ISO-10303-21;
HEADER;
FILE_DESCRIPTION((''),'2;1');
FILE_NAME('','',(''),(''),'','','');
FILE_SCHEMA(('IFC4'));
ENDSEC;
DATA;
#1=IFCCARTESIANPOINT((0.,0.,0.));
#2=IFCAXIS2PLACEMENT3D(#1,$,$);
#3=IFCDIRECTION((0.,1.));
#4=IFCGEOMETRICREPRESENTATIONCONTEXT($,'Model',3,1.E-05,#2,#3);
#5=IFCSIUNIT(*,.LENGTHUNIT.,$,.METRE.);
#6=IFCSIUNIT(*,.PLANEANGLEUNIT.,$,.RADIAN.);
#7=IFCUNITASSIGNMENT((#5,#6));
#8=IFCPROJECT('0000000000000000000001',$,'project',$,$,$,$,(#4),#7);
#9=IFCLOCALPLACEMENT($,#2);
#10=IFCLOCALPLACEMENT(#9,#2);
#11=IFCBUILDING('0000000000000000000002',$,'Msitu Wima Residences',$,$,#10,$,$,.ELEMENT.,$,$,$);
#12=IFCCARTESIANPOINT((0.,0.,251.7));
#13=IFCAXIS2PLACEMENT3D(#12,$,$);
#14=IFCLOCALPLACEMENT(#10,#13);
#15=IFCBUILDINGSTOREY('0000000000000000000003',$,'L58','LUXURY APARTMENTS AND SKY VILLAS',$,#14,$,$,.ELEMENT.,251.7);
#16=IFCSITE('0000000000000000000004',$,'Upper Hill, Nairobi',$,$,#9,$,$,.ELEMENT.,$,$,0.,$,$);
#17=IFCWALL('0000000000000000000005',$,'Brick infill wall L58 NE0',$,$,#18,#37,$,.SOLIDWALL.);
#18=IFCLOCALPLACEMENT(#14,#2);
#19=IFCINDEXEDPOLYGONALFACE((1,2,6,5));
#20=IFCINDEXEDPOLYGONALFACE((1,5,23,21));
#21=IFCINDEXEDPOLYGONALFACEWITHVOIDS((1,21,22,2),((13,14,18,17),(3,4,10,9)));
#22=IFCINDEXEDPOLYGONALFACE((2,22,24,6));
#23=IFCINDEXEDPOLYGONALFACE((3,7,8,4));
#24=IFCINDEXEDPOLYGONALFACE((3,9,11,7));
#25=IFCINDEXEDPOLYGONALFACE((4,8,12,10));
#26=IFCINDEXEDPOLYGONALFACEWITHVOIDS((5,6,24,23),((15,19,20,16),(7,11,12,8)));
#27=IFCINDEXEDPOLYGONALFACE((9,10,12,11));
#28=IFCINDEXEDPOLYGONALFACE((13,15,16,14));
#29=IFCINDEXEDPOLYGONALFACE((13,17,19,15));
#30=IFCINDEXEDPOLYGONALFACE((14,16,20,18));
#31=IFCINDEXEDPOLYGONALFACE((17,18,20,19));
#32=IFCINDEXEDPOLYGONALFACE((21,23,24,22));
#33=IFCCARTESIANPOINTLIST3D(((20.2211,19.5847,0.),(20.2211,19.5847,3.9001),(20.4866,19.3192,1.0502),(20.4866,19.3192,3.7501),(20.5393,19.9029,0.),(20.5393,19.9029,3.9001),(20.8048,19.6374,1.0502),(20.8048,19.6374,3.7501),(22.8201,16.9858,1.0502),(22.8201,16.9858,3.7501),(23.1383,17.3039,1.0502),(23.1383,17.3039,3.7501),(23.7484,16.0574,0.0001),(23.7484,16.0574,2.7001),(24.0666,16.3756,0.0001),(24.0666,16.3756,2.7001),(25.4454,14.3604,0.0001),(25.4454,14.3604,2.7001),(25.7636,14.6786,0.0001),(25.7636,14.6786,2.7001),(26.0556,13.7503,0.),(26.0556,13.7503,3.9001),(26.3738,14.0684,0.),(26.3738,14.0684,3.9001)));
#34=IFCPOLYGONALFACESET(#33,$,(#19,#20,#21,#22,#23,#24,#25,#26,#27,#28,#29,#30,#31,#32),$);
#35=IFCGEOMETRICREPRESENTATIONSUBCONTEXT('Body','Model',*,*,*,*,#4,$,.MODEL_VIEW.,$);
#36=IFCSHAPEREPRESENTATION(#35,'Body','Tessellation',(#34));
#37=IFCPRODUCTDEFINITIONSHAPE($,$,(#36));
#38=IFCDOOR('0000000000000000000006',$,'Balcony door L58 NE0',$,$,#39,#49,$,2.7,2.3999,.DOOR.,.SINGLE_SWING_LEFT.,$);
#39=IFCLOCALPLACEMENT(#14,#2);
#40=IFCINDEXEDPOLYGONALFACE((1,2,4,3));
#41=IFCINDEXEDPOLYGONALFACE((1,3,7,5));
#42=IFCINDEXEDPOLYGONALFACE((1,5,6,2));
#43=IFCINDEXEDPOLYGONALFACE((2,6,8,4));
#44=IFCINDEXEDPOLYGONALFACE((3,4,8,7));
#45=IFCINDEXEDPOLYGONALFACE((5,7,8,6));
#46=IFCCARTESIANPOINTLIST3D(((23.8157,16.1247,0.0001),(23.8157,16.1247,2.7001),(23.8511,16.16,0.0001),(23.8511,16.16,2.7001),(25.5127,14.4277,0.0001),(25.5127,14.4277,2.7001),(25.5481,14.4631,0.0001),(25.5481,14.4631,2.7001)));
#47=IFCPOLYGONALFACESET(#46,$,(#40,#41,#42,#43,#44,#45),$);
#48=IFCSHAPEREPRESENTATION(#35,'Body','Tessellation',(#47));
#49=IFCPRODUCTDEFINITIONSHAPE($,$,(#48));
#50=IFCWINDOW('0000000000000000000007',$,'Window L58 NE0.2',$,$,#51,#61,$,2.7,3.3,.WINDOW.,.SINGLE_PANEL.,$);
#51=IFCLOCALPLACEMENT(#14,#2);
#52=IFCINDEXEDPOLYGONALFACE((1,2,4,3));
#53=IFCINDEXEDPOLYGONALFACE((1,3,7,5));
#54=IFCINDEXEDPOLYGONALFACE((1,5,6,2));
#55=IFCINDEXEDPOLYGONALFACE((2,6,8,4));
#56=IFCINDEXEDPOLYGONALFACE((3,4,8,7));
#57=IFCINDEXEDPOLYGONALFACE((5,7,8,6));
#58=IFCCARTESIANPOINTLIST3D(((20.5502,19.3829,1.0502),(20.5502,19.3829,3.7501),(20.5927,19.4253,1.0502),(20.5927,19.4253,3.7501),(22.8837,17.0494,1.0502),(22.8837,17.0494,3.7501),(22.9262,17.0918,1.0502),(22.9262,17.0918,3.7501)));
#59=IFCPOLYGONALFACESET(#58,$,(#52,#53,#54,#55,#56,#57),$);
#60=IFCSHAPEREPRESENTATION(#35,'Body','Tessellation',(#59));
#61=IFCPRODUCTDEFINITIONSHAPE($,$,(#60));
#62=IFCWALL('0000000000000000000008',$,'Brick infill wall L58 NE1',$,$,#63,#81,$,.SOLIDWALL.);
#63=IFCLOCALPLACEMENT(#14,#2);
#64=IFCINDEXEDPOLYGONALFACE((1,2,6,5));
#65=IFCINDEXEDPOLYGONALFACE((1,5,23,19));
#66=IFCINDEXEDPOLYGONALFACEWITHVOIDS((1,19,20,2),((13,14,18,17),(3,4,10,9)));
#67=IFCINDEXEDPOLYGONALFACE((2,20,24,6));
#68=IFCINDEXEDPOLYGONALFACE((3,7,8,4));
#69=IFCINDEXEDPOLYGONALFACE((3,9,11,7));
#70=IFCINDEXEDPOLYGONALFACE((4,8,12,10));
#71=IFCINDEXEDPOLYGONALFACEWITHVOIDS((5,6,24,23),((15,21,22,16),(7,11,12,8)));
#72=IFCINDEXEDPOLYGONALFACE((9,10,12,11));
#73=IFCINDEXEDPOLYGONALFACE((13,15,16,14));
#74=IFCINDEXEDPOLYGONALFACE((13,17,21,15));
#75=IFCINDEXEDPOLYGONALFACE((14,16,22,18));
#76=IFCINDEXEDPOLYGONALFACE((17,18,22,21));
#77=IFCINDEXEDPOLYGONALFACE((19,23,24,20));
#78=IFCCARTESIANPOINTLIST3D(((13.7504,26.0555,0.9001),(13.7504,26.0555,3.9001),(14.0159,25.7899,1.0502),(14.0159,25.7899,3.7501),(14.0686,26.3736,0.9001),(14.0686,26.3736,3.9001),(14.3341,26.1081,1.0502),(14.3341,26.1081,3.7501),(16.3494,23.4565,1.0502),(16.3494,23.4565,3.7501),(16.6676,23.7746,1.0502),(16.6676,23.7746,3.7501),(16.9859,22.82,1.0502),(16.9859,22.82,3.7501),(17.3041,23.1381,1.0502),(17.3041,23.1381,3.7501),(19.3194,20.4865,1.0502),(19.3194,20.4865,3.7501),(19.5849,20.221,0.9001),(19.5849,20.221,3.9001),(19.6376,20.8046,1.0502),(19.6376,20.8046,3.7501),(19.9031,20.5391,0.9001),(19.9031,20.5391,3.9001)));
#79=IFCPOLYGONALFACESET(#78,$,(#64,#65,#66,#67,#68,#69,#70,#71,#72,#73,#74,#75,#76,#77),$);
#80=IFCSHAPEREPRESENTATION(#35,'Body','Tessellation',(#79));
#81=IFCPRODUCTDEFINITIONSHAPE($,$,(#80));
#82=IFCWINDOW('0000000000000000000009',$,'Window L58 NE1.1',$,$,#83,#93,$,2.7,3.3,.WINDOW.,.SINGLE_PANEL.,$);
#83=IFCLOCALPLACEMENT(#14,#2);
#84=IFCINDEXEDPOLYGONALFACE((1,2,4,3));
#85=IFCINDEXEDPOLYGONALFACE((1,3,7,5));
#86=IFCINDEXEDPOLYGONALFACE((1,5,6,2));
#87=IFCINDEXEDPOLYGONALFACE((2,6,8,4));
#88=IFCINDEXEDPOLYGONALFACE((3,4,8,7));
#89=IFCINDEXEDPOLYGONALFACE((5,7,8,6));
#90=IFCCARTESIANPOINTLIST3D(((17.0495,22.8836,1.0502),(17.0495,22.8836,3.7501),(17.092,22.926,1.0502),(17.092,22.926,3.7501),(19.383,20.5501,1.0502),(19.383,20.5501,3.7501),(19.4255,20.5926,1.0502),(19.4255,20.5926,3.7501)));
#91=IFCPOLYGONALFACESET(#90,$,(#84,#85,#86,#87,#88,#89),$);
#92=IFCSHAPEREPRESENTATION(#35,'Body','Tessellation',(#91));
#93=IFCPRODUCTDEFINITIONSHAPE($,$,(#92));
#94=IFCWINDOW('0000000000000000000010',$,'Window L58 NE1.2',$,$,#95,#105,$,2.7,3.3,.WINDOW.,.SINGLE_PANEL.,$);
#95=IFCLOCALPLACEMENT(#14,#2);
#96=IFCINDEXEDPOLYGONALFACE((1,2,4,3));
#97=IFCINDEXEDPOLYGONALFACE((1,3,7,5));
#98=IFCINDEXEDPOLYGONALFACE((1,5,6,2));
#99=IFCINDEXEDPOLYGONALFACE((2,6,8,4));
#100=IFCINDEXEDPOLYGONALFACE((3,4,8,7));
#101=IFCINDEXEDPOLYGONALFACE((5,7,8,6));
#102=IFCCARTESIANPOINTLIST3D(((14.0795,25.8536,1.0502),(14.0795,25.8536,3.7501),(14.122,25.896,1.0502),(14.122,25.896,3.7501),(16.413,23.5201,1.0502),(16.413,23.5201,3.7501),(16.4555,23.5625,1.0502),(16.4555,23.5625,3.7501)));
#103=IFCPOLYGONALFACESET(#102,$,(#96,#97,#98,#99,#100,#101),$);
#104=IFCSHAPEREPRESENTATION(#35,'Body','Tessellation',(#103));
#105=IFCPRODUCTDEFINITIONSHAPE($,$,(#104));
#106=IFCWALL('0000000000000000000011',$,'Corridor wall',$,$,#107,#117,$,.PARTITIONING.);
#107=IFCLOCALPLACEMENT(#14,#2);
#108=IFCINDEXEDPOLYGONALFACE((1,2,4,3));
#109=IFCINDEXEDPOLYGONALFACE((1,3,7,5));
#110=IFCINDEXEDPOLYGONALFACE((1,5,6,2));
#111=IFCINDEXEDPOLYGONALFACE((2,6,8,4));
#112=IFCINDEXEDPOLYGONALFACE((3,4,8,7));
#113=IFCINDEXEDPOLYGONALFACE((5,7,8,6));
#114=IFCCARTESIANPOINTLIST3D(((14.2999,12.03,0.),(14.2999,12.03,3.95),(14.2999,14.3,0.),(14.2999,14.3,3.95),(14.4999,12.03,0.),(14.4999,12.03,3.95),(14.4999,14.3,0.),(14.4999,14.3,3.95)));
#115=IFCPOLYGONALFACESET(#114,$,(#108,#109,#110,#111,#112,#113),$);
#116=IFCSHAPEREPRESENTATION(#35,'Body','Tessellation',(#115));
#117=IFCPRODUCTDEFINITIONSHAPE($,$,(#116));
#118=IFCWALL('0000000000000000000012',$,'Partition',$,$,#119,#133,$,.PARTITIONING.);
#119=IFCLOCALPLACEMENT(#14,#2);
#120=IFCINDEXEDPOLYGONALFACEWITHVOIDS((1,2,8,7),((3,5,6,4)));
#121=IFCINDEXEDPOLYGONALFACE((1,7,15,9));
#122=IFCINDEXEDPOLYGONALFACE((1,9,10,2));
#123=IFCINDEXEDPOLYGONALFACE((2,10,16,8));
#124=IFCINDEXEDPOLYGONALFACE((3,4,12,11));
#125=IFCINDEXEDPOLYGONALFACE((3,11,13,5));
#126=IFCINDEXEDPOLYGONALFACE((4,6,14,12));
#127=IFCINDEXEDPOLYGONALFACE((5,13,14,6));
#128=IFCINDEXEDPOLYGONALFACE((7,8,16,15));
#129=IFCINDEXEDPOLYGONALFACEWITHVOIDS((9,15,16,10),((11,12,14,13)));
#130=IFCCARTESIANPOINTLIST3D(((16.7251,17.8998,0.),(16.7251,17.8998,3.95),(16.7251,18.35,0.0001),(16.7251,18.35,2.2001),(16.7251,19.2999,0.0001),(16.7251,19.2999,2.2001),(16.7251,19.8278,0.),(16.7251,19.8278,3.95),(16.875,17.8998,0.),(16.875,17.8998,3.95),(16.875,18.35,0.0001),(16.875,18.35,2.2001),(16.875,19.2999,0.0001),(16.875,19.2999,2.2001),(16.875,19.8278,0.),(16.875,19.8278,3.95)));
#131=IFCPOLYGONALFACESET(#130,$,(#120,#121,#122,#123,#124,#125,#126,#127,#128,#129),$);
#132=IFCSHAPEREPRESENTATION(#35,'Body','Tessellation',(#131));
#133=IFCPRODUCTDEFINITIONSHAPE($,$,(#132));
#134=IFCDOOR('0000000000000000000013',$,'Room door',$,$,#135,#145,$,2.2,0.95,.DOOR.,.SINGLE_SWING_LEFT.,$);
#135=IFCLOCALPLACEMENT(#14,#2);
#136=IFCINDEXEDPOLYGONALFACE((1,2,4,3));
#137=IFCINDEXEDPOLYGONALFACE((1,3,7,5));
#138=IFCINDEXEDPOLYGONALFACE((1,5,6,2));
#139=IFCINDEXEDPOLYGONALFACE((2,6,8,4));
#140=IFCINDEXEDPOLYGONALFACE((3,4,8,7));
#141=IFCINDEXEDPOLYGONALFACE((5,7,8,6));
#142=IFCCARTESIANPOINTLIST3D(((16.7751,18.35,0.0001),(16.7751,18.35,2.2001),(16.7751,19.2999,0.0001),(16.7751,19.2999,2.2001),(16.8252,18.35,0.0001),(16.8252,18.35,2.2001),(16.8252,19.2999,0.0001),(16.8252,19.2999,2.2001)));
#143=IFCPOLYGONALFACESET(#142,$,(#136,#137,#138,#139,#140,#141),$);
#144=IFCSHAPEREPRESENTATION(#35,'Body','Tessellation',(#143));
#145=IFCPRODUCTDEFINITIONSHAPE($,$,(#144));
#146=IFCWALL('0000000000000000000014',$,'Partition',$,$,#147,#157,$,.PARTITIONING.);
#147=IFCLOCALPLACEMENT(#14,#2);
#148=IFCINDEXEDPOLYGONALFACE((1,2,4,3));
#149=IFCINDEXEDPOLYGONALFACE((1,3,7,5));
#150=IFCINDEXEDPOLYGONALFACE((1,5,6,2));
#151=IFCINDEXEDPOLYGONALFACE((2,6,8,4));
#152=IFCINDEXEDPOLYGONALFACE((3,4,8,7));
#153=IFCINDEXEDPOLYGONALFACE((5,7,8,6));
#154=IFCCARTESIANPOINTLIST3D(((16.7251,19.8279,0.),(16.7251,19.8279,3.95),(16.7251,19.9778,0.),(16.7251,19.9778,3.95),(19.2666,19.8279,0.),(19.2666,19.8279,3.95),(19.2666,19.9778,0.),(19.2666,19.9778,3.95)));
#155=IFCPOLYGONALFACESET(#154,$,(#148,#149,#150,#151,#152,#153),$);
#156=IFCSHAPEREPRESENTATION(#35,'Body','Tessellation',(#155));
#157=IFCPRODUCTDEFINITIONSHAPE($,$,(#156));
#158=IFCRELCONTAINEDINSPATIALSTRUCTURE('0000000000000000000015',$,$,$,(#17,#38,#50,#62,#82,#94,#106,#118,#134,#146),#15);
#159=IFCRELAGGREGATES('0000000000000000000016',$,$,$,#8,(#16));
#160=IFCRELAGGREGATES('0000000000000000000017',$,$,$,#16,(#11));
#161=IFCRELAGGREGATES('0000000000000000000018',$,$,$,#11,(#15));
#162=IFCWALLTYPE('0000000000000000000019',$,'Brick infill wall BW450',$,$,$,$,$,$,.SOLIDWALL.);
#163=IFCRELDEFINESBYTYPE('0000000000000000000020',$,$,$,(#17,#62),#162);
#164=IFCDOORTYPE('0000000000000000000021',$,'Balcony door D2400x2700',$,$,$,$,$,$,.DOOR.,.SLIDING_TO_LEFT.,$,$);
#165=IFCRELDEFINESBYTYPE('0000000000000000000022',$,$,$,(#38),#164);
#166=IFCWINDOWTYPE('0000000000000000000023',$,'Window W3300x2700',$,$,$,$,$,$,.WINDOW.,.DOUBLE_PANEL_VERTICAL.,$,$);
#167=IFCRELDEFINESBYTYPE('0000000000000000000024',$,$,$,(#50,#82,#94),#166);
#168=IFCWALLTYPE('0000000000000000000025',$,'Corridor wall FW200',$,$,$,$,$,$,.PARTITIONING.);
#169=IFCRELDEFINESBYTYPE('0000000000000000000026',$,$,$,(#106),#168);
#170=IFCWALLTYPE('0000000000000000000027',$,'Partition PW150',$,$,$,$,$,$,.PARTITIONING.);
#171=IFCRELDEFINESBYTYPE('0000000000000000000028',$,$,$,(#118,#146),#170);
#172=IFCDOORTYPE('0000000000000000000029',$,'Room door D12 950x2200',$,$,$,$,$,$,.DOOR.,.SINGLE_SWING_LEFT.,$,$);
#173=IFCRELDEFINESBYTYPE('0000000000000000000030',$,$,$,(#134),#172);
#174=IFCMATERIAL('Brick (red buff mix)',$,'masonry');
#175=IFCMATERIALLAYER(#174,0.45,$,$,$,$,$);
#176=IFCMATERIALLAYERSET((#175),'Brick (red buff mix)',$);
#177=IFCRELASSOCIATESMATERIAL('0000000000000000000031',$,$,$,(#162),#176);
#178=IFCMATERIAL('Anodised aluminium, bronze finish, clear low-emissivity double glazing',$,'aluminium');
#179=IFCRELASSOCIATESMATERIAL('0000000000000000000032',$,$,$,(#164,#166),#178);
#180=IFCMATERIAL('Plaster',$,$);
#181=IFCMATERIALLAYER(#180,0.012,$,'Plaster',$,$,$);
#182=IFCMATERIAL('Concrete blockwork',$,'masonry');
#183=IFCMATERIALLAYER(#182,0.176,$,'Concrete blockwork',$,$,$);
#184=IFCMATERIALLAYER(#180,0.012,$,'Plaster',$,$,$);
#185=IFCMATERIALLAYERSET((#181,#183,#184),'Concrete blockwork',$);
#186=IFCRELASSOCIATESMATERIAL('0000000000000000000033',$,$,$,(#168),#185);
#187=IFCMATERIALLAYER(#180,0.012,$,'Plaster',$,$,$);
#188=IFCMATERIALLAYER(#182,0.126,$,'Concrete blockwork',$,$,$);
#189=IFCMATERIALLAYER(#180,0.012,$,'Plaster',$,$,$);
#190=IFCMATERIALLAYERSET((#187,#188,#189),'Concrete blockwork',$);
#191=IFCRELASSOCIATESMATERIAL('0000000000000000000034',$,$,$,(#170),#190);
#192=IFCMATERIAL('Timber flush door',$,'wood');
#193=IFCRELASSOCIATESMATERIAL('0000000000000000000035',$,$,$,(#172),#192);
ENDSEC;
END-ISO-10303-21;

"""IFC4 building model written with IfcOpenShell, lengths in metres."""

from ifc_helpers import new_model, si_unit, direction, frame, frame_2d, origin, place, context, subcontext, project, spatial, rectangle, extrude, material, layer, layer_set, type_object, element, fill, save


model = new_model("IFC4")

# Units and contexts
model_context = context("Model", 3, precision=1e-05, world=origin(), true_north=direction((0.0, 1.0)))
body_context = subcontext(model_context, "Body", "Model", "MODEL_VIEW")
ifc_project = project(units=[si_unit("LENGTHUNIT", "METRE"), si_unit("PLANEANGLEUNIT", "RADIAN")], contexts=[model_context])

# Site, building, storey
site_placement = place(None, origin())
site = spatial("IfcSite", under=ifc_project, at=site_placement, Name="Upper Hill, Nairobi", CompositionType="ELEMENT", RefElevation=0.0)
building_placement = place(site_placement, origin())
building = spatial("IfcBuilding", under=site, at=building_placement, Name="Msitu Wima Residences", CompositionType="ELEMENT")
storey_placement = place(building_placement, frame((0.0, 0.0, 251.7)))
storey = spatial("IfcBuildingStorey", under=building, at=storey_placement, Name="L58", Description="LUXURY APARTMENTS AND SKY VILLAS", CompositionType="ELEMENT", Elevation=251.7)

# Wall, openings, door, window
ifc_material_1 = material(Name="Brick (red buff mix)", Category="masonry")
ifc_layer_1 = layer(ifc_material_1, 0.45)
ifc_layer_set_1 = layer_set([ifc_layer_1], Name="Brick (red buff mix)")
wall_type_1 = type_object("IfcWallType", Name="Brick infill wall BW450", PredefinedType="SOLIDWALL", material=ifc_layer_set_1)
wall_1_placement = place(storey_placement, frame((26.2146, 13.9094, 0.0), z_axis=(0.0, 0.0, 1.0), x_axis=(-0.707107, 0.707107, 0.0)))
wall_1 = element("IfcWall", 1, at=wall_1_placement, inside=storey, type_object=wall_type_1, Name="Brick infill wall L58 NE0", PredefinedType="SOLIDWALL", context=body_context, shape_type="SweptSolid", body=[
    extrude(rectangle(XDim=8.2512, YDim=0.45, at=frame_2d((4.1255, 0.0))), origin(), (0.0, 0.0, 1.0), 3.9001),
])
opening_1_placement = place(wall_1_placement, frame((0.8628, 0.0, 0.0)))
opening_1 = element("IfcOpeningElement", 2, at=opening_1_placement, cuts=wall_1, PredefinedType="OPENING", context=body_context, shape_type="SweptSolid", body=[
    extrude(rectangle(XDim=2.3999, YDim=2.7, at=frame_2d((1.2, 1.3501))), frame((0.0, 0.2349, 0.0), z_axis=(0.0, -1.0, 0.0), x_axis=(1.0, 0.0, 0.0)), (0.0, 0.0, 1.0), 0.47),
])
opening_2_placement = place(wall_1_placement, frame((4.5757, 0.0, 1.05)))
opening_2 = element("IfcOpeningElement", 3, at=opening_2_placement, cuts=wall_1, PredefinedType="OPENING", context=body_context, shape_type="SweptSolid", body=[
    extrude(rectangle(XDim=3.3, YDim=2.7, at=frame_2d((1.6499, 1.3501))), frame((0.0, 0.2349, 0.0), z_axis=(0.0, -1.0, 0.0), x_axis=(1.0, 0.0, 0.0)), (0.0, 0.0, 1.0), 0.47),
])
ifc_material_2 = material(Name="Anodised aluminium, bronze finish, clear low-emissivity double glazing", Category="aluminium")
door_type_1 = type_object("IfcDoorType", Name="Balcony door D2400x2700", OperationType="SLIDING_TO_LEFT", PredefinedType="DOOR", material=ifc_material_2)
door_1_placement = place(opening_1_placement, origin())
door_1 = element("IfcDoor", 4, at=door_1_placement, inside=storey, type_object=door_type_1, Name="Balcony door L58 NE0", OperationType="SINGLE_SWING_LEFT", OverallHeight=2.7, OverallWidth=2.3999, PredefinedType="DOOR", context=body_context, shape_type="SweptSolid", body=[
    extrude(rectangle(XDim=2.3999, YDim=2.7, at=frame_2d((1.2, 1.3501))), frame((0.0, 0.1299, 0.0), z_axis=(0.0, -1.0, 0.0), x_axis=(1.0, 0.0, 0.0)), (0.0, 0.0, 1.0), 0.05),
])
fill(opening_1, door_1)
window_type = type_object("IfcWindowType", Name="Window W3300x2700", PartitioningType="DOUBLE_PANEL_VERTICAL", PredefinedType="WINDOW", material=ifc_material_2)
window_1_placement = place(opening_2_placement, origin())
window_1 = element("IfcWindow", 5, at=window_1_placement, inside=storey, type_object=window_type, Name="Window L58 NE0.2", OverallHeight=2.7, OverallWidth=3.3, PartitioningType="SINGLE_PANEL", PredefinedType="WINDOW", context=body_context, shape_type="SweptSolid", body=[
    extrude(rectangle(XDim=3.3, YDim=2.7, at=frame_2d((1.6499, 1.3501))), frame((0.0, 0.135, 0.0), z_axis=(0.0, -1.0, 0.0), x_axis=(1.0, 0.0, 0.0)), (0.0, 0.0, 1.0), 0.0601),
])
fill(opening_2, window_1)

# Wall, openings, windows
wall_2_placement = place(storey_placement, frame((19.7439, 20.3801, 0.9001), z_axis=(0.0, 0.0, 1.0), x_axis=(-0.707107, 0.707107, 0.0)))
wall_2 = element("IfcWall", 6, at=wall_2_placement, inside=storey, type_object=wall_type_1, Name="Brick infill wall L58 NE1", PredefinedType="SOLIDWALL", context=body_context, shape_type="SweptSolid", body=[
    extrude(rectangle(XDim=8.2512, YDim=0.45, at=frame_2d((4.1255, 0.0))), origin(), (0.0, 0.0, 1.0), 3.0),
])
opening_3_placement = place(wall_2_placement, frame((0.3755, 0.0, 0.1499)))
opening_3 = element("IfcOpeningElement", 7, at=opening_3_placement, cuts=wall_2, PredefinedType="OPENING", context=body_context, shape_type="SweptSolid", body=[
    extrude(rectangle(XDim=3.3, YDim=2.7, at=frame_2d((1.6499, 1.3501))), frame((0.0, 0.2349, 0.0), z_axis=(0.0, -1.0, 0.0), x_axis=(1.0, 0.0, 0.0)), (0.0, 0.0, 1.0), 0.47),
])
opening_4_placement = place(wall_2_placement, frame((4.5757, 0.0, 0.1499)))
opening_4 = element("IfcOpeningElement", 8, at=opening_4_placement, cuts=wall_2, PredefinedType="OPENING", context=body_context, shape_type="SweptSolid", body=[
    extrude(rectangle(XDim=3.3, YDim=2.7, at=frame_2d((1.6499, 1.3501))), frame((0.0, 0.2349, 0.0), z_axis=(0.0, -1.0, 0.0), x_axis=(1.0, 0.0, 0.0)), (0.0, 0.0, 1.0), 0.47),
])
window_2_placement = place(opening_3_placement, origin())
window_2 = element("IfcWindow", 9, at=window_2_placement, inside=storey, type_object=window_type, Name="Window L58 NE1.1", OverallHeight=2.7, OverallWidth=3.3, PartitioningType="SINGLE_PANEL", PredefinedType="WINDOW", context=body_context, shape_type="SweptSolid", body=[
    extrude(rectangle(XDim=3.3, YDim=2.7, at=frame_2d((1.6499, 1.3501))), frame((0.0, 0.135, 0.0), z_axis=(0.0, -1.0, 0.0), x_axis=(1.0, 0.0, 0.0)), (0.0, 0.0, 1.0), 0.0601),
])
fill(opening_3, window_2)
window_3_placement = place(opening_4_placement, origin())
window_3 = element("IfcWindow", 10, at=window_3_placement, inside=storey, type_object=window_type, Name="Window L58 NE1.2", OverallHeight=2.7, OverallWidth=3.3, PartitioningType="SINGLE_PANEL", PredefinedType="WINDOW", context=body_context, shape_type="SweptSolid", body=[
    extrude(rectangle(XDim=3.3, YDim=2.7, at=frame_2d((1.6499, 1.3501))), frame((0.0, 0.135, 0.0), z_axis=(0.0, -1.0, 0.0), x_axis=(1.0, 0.0, 0.0)), (0.0, 0.0, 1.0), 0.0601),
])
fill(opening_4, window_3)

# Wall
ifc_material_3 = material(Name="Plaster")
ifc_layer_2 = layer(ifc_material_3, 0.012, Name="Plaster")
ifc_material_4 = material(Name="Concrete blockwork", Category="masonry")
ifc_layer_3 = layer(ifc_material_4, 0.176, Name="Concrete blockwork")
ifc_layer_4 = layer(ifc_material_3, 0.012, Name="Plaster")
ifc_layer_set_2 = layer_set([ifc_layer_2, ifc_layer_3, ifc_layer_4], Name="Concrete blockwork")
wall_type_2 = type_object("IfcWallType", Name="Corridor wall FW200", PredefinedType="PARTITIONING", material=ifc_layer_set_2)
wall_3_placement = place(storey_placement, frame((14.3999, 12.03, 0.0), z_axis=(0.0, 0.0, 1.0), x_axis=(0.0, 1.0, 0.0)))
element("IfcWall", 11, at=wall_3_placement, inside=storey, type_object=wall_type_2, Name="Corridor wall", PredefinedType="PARTITIONING", context=body_context, shape_type="SweptSolid", body=[
    extrude(rectangle(XDim=2.27, YDim=0.2, at=frame_2d((1.135, 0.0))), origin(), (0.0, 0.0, 1.0), 3.95),
])

# Wall, opening, door
ifc_layer_5 = layer(ifc_material_3, 0.012, Name="Plaster")
ifc_layer_6 = layer(ifc_material_4, 0.126, Name="Concrete blockwork")
ifc_layer_7 = layer(ifc_material_3, 0.012, Name="Plaster")
ifc_layer_set_3 = layer_set([ifc_layer_5, ifc_layer_6, ifc_layer_7], Name="Concrete blockwork")
wall_type_3 = type_object("IfcWallType", Name="Partition PW150", PredefinedType="PARTITIONING", material=ifc_layer_set_3)
wall_4_placement = place(storey_placement, frame((16.8, 17.8999, 0.0), z_axis=(0.0, 0.0, 1.0), x_axis=(0.0, 1.0, 0.0)))
wall_4 = element("IfcWall", 12, at=wall_4_placement, inside=storey, type_object=wall_type_3, Name="Partition", PredefinedType="PARTITIONING", context=body_context, shape_type="SweptSolid", body=[
    extrude(rectangle(XDim=1.928, YDim=0.1499, at=frame_2d((0.9639, 0.0))), origin(), (0.0, 0.0, 1.0), 3.95),
])
opening_5_placement = place(wall_4_placement, frame((0.45, 0.0, 0.0)))
opening_5 = element("IfcOpeningElement", 13, at=opening_5_placement, cuts=wall_4, PredefinedType="OPENING", context=body_context, shape_type="SweptSolid", body=[
    extrude(rectangle(XDim=0.95, YDim=2.2, at=frame_2d((0.4751, 1.1001))), frame((0.0, 0.085, 0.0), z_axis=(0.0, -1.0, 0.0), x_axis=(1.0, 0.0, 0.0)), (0.0, 0.0, 1.0), 0.1699),
])
ifc_material_5 = material(Name="Timber flush door", Category="wood")
door_type_2 = type_object("IfcDoorType", Name="Room door D12 950x2200", OperationType="SINGLE_SWING_LEFT", PredefinedType="DOOR", material=ifc_material_5)
door_2_placement = place(opening_5_placement, origin())
door_2 = element("IfcDoor", 14, at=door_2_placement, inside=storey, type_object=door_type_2, Name="Room door", OperationType="SINGLE_SWING_LEFT", OverallHeight=2.2, OverallWidth=0.95, PredefinedType="DOOR", context=body_context, shape_type="SweptSolid", body=[
    extrude(rectangle(XDim=0.95, YDim=2.2, at=frame_2d((0.4751, 1.1001))), frame((0.0, 0.0249, 0.0), z_axis=(0.0, -1.0, 0.0), x_axis=(1.0, 0.0, 0.0)), (0.0, 0.0, 1.0), 0.05),
])
fill(opening_5, door_2)

# Wall
wall_5_placement = place(storey_placement, frame((16.7251, 19.9028, 0.0), z_axis=(0.0, 0.0, 1.0), x_axis=(1.0, 0.0, 0.0)))
element("IfcWall", 15, at=wall_5_placement, inside=storey, type_object=wall_type_3, Name="Partition", PredefinedType="PARTITIONING", context=body_context, shape_type="SweptSolid", body=[
    extrude(rectangle(XDim=2.5415, YDim=0.1499, at=frame_2d((1.2708, 0.0))), origin(), (0.0, 0.0, 1.0), 3.95),
])

save(model, "model.ifc")
